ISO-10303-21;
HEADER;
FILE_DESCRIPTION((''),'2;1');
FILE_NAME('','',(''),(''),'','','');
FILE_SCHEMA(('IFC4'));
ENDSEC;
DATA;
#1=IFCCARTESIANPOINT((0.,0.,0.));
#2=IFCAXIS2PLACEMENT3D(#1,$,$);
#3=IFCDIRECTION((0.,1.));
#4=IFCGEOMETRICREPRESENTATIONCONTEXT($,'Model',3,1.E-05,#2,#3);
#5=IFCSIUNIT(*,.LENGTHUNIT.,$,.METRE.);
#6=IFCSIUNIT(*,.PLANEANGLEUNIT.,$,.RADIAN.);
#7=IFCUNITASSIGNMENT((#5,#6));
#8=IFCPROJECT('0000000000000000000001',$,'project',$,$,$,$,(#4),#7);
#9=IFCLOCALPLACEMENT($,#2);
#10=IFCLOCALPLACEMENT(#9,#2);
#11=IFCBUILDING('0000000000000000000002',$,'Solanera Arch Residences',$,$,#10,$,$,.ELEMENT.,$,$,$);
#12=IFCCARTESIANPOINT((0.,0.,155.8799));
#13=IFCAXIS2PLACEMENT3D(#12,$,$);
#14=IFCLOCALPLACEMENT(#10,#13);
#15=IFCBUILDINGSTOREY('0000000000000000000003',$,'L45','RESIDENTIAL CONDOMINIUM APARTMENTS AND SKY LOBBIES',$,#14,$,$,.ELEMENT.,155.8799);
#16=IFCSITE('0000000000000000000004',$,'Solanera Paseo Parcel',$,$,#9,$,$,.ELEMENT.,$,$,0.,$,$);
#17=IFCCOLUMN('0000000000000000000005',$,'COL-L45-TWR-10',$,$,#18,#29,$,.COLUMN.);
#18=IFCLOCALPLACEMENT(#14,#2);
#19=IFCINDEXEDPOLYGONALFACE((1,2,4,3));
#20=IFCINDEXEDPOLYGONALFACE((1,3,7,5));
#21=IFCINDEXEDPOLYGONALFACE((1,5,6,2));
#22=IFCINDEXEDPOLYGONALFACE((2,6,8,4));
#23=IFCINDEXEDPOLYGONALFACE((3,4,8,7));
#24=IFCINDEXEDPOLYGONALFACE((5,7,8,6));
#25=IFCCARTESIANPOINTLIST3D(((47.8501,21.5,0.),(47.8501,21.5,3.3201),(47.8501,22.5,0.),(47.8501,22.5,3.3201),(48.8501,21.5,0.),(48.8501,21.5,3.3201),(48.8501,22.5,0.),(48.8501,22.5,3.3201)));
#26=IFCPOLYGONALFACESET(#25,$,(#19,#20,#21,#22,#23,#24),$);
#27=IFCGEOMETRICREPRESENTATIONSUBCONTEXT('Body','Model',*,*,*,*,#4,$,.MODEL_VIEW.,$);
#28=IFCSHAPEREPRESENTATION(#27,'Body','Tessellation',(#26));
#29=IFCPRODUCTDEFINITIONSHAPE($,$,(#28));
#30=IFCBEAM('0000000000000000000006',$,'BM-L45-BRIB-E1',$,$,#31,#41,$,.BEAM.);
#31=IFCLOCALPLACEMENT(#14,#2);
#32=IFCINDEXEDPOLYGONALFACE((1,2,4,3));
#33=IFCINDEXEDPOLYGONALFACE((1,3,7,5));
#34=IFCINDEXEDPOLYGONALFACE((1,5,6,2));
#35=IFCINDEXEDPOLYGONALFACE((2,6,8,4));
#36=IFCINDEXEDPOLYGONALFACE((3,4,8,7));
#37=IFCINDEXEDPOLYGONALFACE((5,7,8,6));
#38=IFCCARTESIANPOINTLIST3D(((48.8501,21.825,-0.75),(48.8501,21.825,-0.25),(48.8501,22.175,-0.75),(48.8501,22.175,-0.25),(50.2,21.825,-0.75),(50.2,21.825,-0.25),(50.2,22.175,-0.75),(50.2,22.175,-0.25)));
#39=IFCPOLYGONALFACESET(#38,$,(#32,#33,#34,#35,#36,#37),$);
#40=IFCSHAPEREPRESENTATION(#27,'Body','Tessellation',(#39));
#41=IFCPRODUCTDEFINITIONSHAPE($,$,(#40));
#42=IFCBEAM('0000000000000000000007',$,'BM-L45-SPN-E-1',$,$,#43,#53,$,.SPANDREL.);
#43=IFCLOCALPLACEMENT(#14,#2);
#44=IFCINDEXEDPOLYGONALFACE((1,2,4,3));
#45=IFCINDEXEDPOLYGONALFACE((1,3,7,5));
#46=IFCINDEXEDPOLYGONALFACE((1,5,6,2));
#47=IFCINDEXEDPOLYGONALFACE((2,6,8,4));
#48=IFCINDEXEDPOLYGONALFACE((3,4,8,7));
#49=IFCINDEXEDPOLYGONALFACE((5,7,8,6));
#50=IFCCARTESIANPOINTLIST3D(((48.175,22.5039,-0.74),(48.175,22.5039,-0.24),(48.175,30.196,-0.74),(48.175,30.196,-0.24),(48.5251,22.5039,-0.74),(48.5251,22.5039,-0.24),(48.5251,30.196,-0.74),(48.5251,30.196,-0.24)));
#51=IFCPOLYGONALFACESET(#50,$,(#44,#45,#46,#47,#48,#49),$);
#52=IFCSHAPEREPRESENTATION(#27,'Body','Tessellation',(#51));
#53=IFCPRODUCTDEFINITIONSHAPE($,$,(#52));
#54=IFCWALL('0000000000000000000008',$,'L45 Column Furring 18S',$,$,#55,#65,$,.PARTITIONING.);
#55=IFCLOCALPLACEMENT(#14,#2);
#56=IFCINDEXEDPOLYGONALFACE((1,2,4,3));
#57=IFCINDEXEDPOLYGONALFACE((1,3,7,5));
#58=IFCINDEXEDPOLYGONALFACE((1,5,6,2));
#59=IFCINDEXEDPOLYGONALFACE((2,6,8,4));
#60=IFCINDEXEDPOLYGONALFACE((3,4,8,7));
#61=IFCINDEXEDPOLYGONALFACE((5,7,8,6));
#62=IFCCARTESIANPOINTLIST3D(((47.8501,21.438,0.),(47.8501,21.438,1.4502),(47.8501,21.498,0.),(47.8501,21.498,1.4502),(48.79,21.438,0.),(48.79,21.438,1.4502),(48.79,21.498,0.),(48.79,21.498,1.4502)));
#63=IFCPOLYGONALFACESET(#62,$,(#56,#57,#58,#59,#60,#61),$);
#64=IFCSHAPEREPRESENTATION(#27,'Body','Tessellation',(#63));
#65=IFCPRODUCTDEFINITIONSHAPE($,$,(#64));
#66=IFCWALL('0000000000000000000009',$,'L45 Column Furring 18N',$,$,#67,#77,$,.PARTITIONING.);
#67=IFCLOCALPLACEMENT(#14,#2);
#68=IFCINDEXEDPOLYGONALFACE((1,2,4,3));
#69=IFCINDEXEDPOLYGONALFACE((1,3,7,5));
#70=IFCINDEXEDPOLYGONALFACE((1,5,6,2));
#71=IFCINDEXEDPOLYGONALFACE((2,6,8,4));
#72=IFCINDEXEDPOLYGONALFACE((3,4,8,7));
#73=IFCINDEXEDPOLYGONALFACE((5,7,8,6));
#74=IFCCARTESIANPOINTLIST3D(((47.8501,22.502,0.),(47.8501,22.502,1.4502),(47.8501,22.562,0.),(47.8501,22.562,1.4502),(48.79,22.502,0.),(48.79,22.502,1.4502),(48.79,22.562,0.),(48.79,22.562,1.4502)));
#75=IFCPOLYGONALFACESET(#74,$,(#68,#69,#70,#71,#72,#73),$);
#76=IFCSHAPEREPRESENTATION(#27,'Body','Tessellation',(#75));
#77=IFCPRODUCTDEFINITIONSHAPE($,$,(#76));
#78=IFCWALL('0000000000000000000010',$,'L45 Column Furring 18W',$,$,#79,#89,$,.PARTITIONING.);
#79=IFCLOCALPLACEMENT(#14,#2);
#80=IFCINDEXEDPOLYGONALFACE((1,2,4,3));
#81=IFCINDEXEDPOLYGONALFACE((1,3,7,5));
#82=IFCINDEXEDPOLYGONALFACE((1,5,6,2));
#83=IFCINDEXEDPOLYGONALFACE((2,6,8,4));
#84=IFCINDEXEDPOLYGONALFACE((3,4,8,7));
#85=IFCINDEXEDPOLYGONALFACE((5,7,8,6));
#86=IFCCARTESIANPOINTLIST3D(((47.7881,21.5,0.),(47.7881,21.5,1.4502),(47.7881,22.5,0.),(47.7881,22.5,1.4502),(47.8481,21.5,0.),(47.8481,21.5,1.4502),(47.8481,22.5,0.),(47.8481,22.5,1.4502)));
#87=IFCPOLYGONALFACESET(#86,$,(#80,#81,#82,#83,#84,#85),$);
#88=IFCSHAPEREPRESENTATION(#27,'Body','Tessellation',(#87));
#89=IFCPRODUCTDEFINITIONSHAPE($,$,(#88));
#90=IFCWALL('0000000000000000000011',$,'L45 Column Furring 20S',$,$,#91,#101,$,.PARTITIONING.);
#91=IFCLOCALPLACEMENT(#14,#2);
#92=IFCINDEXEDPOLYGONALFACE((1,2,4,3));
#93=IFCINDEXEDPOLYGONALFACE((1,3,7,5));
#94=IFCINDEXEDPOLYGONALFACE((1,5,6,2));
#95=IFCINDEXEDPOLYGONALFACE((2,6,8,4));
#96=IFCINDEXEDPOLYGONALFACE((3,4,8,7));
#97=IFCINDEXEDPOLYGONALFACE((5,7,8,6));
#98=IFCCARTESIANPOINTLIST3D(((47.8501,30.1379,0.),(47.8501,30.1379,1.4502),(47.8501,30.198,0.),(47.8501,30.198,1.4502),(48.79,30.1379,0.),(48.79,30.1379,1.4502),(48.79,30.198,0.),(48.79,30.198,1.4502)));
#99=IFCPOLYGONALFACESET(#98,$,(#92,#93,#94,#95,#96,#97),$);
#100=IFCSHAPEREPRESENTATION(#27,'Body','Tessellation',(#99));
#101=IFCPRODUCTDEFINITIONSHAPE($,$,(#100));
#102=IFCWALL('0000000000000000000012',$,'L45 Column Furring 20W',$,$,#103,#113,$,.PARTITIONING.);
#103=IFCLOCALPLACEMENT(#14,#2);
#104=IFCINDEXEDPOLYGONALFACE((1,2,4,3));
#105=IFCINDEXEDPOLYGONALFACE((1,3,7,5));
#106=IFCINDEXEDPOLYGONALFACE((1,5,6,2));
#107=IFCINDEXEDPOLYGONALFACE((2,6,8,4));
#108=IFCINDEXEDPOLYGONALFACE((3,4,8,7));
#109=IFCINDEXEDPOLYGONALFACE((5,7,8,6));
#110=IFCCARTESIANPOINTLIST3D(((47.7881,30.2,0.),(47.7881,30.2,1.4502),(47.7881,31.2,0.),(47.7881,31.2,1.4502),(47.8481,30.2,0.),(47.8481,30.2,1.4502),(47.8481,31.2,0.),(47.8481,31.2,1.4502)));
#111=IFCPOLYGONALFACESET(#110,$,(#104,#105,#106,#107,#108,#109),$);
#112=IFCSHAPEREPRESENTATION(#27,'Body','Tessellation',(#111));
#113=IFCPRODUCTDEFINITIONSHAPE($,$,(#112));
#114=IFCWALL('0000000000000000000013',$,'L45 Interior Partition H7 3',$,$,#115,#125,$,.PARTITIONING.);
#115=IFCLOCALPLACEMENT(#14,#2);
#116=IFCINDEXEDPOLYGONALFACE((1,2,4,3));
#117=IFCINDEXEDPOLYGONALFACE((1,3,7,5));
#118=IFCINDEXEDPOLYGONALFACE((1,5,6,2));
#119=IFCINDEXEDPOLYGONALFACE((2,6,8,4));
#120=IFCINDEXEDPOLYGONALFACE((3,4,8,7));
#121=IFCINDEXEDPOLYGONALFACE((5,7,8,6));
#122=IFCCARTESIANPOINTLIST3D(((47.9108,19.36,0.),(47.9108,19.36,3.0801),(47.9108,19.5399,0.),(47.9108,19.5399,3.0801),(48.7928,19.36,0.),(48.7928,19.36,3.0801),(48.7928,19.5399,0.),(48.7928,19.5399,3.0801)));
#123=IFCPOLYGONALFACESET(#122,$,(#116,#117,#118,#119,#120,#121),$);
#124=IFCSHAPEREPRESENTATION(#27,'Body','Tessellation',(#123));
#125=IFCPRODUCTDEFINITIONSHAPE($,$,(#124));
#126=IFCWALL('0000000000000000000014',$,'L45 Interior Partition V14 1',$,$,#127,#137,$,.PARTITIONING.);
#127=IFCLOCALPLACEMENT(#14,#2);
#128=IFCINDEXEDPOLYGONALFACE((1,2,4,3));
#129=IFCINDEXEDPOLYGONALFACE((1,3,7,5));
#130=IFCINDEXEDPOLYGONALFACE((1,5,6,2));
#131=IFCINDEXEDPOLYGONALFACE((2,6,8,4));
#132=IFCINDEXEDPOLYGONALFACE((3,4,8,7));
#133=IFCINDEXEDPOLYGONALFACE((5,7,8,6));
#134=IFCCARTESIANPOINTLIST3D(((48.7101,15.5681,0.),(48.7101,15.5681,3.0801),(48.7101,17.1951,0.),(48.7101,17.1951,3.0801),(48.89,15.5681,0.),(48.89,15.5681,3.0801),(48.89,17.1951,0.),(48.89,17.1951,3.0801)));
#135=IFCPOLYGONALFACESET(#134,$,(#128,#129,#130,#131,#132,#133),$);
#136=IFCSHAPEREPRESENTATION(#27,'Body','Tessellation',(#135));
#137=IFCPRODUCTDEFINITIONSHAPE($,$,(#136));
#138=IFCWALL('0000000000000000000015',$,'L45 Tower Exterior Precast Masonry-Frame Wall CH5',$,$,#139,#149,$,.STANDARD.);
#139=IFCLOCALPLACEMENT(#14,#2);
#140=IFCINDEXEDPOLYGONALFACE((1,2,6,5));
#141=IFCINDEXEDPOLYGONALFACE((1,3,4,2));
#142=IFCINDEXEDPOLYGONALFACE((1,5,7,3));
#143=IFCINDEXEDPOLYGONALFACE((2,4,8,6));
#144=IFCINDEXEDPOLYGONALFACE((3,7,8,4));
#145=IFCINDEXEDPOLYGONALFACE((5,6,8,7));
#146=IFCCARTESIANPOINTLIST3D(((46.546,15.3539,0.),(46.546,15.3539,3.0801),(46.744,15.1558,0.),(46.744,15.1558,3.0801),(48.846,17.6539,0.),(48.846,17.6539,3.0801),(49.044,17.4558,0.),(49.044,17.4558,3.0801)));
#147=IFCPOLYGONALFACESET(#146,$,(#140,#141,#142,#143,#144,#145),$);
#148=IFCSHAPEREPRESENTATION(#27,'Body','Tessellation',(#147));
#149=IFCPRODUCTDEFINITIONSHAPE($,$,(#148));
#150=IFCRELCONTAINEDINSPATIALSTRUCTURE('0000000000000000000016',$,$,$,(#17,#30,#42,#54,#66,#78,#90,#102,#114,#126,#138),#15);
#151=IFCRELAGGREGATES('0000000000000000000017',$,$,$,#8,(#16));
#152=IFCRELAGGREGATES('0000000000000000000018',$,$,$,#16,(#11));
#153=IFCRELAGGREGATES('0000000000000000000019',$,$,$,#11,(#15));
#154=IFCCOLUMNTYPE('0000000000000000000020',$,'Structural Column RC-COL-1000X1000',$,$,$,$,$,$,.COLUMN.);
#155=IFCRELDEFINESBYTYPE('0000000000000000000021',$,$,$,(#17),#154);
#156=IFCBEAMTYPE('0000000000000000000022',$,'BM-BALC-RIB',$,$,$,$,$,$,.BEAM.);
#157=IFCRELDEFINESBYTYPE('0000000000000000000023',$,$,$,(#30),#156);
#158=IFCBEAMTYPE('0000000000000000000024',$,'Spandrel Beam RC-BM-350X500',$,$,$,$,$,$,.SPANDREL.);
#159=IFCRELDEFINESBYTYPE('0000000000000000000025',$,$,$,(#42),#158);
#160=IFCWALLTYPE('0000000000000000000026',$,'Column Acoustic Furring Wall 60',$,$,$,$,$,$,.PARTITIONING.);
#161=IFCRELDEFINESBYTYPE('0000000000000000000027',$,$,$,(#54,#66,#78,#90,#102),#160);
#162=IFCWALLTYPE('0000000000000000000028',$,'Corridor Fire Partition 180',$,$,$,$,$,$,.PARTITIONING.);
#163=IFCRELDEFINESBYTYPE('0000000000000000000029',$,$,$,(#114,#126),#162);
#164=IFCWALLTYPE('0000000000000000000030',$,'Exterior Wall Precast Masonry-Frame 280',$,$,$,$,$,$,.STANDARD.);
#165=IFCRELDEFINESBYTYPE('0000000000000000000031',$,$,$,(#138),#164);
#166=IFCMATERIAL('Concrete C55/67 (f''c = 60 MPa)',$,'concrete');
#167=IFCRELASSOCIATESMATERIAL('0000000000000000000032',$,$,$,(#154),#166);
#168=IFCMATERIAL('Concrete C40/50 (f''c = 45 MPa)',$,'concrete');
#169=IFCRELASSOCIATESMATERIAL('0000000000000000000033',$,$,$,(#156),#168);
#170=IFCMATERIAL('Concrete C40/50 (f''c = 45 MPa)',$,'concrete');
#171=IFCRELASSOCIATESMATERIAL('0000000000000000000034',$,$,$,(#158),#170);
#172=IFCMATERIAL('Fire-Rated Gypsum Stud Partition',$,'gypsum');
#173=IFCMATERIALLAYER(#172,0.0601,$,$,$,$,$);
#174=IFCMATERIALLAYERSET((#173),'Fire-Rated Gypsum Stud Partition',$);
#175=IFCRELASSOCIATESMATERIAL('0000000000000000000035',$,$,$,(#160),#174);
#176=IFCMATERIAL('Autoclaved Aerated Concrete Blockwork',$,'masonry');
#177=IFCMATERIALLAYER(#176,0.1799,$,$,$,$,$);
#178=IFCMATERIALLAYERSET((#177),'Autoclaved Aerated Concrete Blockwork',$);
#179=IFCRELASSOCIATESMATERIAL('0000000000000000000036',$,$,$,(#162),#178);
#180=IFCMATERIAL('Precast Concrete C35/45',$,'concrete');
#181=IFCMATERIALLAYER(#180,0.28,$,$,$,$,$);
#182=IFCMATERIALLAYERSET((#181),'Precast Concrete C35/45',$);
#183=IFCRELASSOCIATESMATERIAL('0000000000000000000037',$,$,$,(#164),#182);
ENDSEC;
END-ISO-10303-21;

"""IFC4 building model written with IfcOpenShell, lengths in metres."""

from ifc_helpers import new_model, si_unit, direction, frame, frame_2d, origin, origin_2d, place, context, subcontext, project, spatial, rectangle, extrude, material, layer, layer_set, material_profile, profile_set, type_object, element, save


model = new_model("IFC4")

# Units and contexts
model_context = context("Model", 3, precision=1e-05, world=origin(), true_north=direction((0.0, 1.0)))
body_context = subcontext(model_context, "Body", "Model", "MODEL_VIEW")
ifc_project = project(units=[si_unit("LENGTHUNIT", "METRE"), si_unit("PLANEANGLEUNIT", "RADIAN")], contexts=[model_context])

# Site, building, storey
site_placement = place(None, origin())
site = spatial("IfcSite", under=ifc_project, at=site_placement, Name="Solanera Paseo Parcel", CompositionType="ELEMENT", RefElevation=0.0)
building_placement = place(site_placement, origin())
building = spatial("IfcBuilding", under=site, at=building_placement, Name="Solanera Arch Residences", CompositionType="ELEMENT")
storey_placement = place(building_placement, frame((0.0, 0.0, 155.8799)))
storey = spatial("IfcBuildingStorey", under=building, at=storey_placement, Name="L45", Description="RESIDENTIAL CONDOMINIUM APARTMENTS AND SKY LOBBIES", CompositionType="ELEMENT", Elevation=155.8799)

# Column
ifc_material_1 = material(Name="Concrete C55/67 (f'c = 60 MPa)", Category="concrete")
ifc_material_profile_1 = material_profile(ifc_material_1, rectangle(XDim=1.0, YDim=1.0, at=origin_2d()))
ifc_profile_set_1 = profile_set([ifc_material_profile_1], Name="Concrete C55/67 (f'c = 60 MPa)")
column_type = type_object("IfcColumnType", Name="Structural Column RC-COL-1000X1000", PredefinedType="COLUMN", material=ifc_profile_set_1)
column_placement = place(storey_placement, frame((48.3501, 22.0, 0.0), z_axis=(0.0, 0.0, 1.0), x_axis=(1.0, 0.0, 0.0)))
element("IfcColumn", 1, at=column_placement, inside=storey, type_object=column_type, Name="COL-L45-TWR-10", PredefinedType="COLUMN", context=body_context, shape_type="SweptSolid", body=[
    extrude(rectangle(XDim=1.0, YDim=1.0, at=origin_2d()), origin(), (0.0, 0.0, 1.0), 3.3201),
])

# Beams
ifc_material_2 = material(Name="Concrete C40/50 (f'c = 45 MPa)", Category="concrete")
ifc_material_profile_2 = material_profile(ifc_material_2, rectangle(XDim=0.3501, YDim=0.5, at=origin_2d()))
ifc_profile_set_2 = profile_set([ifc_material_profile_2], Name="Concrete C40/50 (f'c = 45 MPa)")
beam_type_1 = type_object("IfcBeamType", Name="BM-BALC-RIB", PredefinedType="BEAM", material=ifc_profile_set_2)
beam_1_placement = place(storey_placement, frame((48.8501, 22.0, -0.5), z_axis=(1.0, 0.0, 0.0), x_axis=(0.0, 1.0, 0.0)))
element("IfcBeam", 2, at=beam_1_placement, inside=storey, type_object=beam_type_1, Name="BM-L45-BRIB-E1", PredefinedType="BEAM", context=body_context, shape_type="SweptSolid", body=[
    extrude(rectangle(XDim=0.3501, YDim=0.5, at=origin_2d()), origin(), (0.0, 0.0, 1.0), 1.3499),
])
ifc_material_3 = material(Name="Concrete C40/50 (f'c = 45 MPa)", Category="concrete")
ifc_material_profile_3 = material_profile(ifc_material_3, rectangle(XDim=0.3501, YDim=0.5, at=origin_2d()))
ifc_profile_set_3 = profile_set([ifc_material_profile_3], Name="Concrete C40/50 (f'c = 45 MPa)")
beam_type_2 = type_object("IfcBeamType", Name="Spandrel Beam RC-BM-350X500", PredefinedType="SPANDREL", material=ifc_profile_set_3)
beam_2_placement = place(storey_placement, frame((48.3501, 22.5039, -0.49), z_axis=(0.0, 1.0, 0.0), x_axis=(-1.0, 0.0, 0.0)))
element("IfcBeam", 3, at=beam_2_placement, inside=storey, type_object=beam_type_2, Name="BM-L45-SPN-E-1", PredefinedType="SPANDREL", context=body_context, shape_type="SweptSolid", body=[
    extrude(rectangle(XDim=0.3501, YDim=0.5, at=origin_2d()), origin(), (0.0, 0.0, 1.0), 7.6921),
])

# Walls
ifc_material_4 = material(Name="Fire-Rated Gypsum Stud Partition", Category="gypsum")
ifc_layer_1 = layer(ifc_material_4, 0.0601)
ifc_layer_set_1 = layer_set([ifc_layer_1], Name="Fire-Rated Gypsum Stud Partition")
wall_type_1 = type_object("IfcWallType", Name="Column Acoustic Furring Wall 60", PredefinedType="PARTITIONING", material=ifc_layer_set_1)
for number, where, z_axis, x_axis, name in (
    (4, (47.8501, 21.468, 0.0), (0.0, 0.0, 1.0), (1.0, 0.0, 0.0), "L45 Column Furring 18S"),
    (5, (47.8501, 22.532, 0.0), (0.0, 0.0, 1.0), (1.0, 0.0, 0.0), "L45 Column Furring 18N"),
):
    element("IfcWall", number, at=place(storey_placement, frame(where, z_axis=z_axis, x_axis=x_axis)), inside=storey, type_object=wall_type_1, Name=name, PredefinedType="PARTITIONING", context=body_context, shape_type="SweptSolid", body=[
        extrude(rectangle(XDim=0.9399, YDim=0.0601, at=frame_2d((0.47, 0.0))), origin(), (0.0, 0.0, 1.0), 1.4502),
    ])
wall_1_placement = place(storey_placement, frame((47.8181, 21.5, 0.0), z_axis=(0.0, 0.0, 1.0), x_axis=(0.0, 1.0, 0.0)))
element("IfcWall", 6, at=wall_1_placement, inside=storey, type_object=wall_type_1, Name="L45 Column Furring 18W", PredefinedType="PARTITIONING", context=body_context, shape_type="SweptSolid", body=[
    extrude(rectangle(XDim=1.0, YDim=0.0601, at=frame_2d((0.5, 0.0))), origin(), (0.0, 0.0, 1.0), 1.4502),
])
wall_2_placement = place(storey_placement, frame((47.8501, 30.168, 0.0), z_axis=(0.0, 0.0, 1.0), x_axis=(1.0, 0.0, 0.0)))
element("IfcWall", 7, at=wall_2_placement, inside=storey, type_object=wall_type_1, Name="L45 Column Furring 20S", PredefinedType="PARTITIONING", context=body_context, shape_type="SweptSolid", body=[
    extrude(rectangle(XDim=0.9399, YDim=0.0601, at=frame_2d((0.47, 0.0))), origin(), (0.0, 0.0, 1.0), 1.4502),
])
wall_3_placement = place(storey_placement, frame((47.8181, 30.2, 0.0), z_axis=(0.0, 0.0, 1.0), x_axis=(0.0, 1.0, 0.0)))
element("IfcWall", 8, at=wall_3_placement, inside=storey, type_object=wall_type_1, Name="L45 Column Furring 20W", PredefinedType="PARTITIONING", context=body_context, shape_type="SweptSolid", body=[
    extrude(rectangle(XDim=1.0, YDim=0.0601, at=frame_2d((0.5, 0.0))), origin(), (0.0, 0.0, 1.0), 1.4502),
])
ifc_material_5 = material(Name="Autoclaved Aerated Concrete Blockwork", Category="masonry")
ifc_layer_2 = layer(ifc_material_5, 0.1799)
ifc_layer_set_2 = layer_set([ifc_layer_2], Name="Autoclaved Aerated Concrete Blockwork")
wall_type_2 = type_object("IfcWallType", Name="Corridor Fire Partition 180", PredefinedType="PARTITIONING", material=ifc_layer_set_2)
wall_4_placement = place(storey_placement, frame((47.9109, 19.45, 0.0), z_axis=(0.0, 0.0, 1.0), x_axis=(1.0, 0.0, 0.0)))
element("IfcWall", 9, at=wall_4_placement, inside=storey, type_object=wall_type_2, Name="L45 Interior Partition H7 3", PredefinedType="PARTITIONING", context=body_context, shape_type="SweptSolid", body=[
    extrude(rectangle(XDim=0.8821, YDim=0.1799, at=frame_2d((0.4409, 0.0))), origin(), (0.0, 0.0, 1.0), 3.0801),
])
wall_5_placement = place(storey_placement, frame((48.8, 15.5681, 0.0), z_axis=(0.0, 0.0, 1.0), x_axis=(0.0, 1.0, 0.0)))
element("IfcWall", 10, at=wall_5_placement, inside=storey, type_object=wall_type_2, Name="L45 Interior Partition V14 1", PredefinedType="PARTITIONING", context=body_context, shape_type="SweptSolid", body=[
    extrude(rectangle(XDim=1.627, YDim=0.1799, at=frame_2d((0.8135, 0.0))), origin(), (0.0, 0.0, 1.0), 3.0801),
])
ifc_material_6 = material(Name="Precast Concrete C35/45", Category="concrete")
ifc_layer_3 = layer(ifc_material_6, 0.28)
ifc_layer_set_3 = layer_set([ifc_layer_3], Name="Precast Concrete C35/45")
wall_type_3 = type_object("IfcWallType", Name="Exterior Wall Precast Masonry-Frame 280", PredefinedType="STANDARD", material=ifc_layer_set_3)
wall_6_placement = place(storey_placement, frame((48.9451, 17.5549, 0.0), z_axis=(0.0, 0.0, 1.0), x_axis=(-0.707107, -0.707107, 0.0)))
element("IfcWall", 11, at=wall_6_placement, inside=storey, type_object=wall_type_3, Name="L45 Tower Exterior Precast Masonry-Frame Wall CH5", PredefinedType="STANDARD", context=body_context, shape_type="SweptSolid", body=[
    extrude(rectangle(XDim=3.2527, YDim=0.28, at=frame_2d((1.6265, 0.0))), origin(), (0.0, 0.0, 1.0), 3.0801),
])

save(model, "model.ifc")
